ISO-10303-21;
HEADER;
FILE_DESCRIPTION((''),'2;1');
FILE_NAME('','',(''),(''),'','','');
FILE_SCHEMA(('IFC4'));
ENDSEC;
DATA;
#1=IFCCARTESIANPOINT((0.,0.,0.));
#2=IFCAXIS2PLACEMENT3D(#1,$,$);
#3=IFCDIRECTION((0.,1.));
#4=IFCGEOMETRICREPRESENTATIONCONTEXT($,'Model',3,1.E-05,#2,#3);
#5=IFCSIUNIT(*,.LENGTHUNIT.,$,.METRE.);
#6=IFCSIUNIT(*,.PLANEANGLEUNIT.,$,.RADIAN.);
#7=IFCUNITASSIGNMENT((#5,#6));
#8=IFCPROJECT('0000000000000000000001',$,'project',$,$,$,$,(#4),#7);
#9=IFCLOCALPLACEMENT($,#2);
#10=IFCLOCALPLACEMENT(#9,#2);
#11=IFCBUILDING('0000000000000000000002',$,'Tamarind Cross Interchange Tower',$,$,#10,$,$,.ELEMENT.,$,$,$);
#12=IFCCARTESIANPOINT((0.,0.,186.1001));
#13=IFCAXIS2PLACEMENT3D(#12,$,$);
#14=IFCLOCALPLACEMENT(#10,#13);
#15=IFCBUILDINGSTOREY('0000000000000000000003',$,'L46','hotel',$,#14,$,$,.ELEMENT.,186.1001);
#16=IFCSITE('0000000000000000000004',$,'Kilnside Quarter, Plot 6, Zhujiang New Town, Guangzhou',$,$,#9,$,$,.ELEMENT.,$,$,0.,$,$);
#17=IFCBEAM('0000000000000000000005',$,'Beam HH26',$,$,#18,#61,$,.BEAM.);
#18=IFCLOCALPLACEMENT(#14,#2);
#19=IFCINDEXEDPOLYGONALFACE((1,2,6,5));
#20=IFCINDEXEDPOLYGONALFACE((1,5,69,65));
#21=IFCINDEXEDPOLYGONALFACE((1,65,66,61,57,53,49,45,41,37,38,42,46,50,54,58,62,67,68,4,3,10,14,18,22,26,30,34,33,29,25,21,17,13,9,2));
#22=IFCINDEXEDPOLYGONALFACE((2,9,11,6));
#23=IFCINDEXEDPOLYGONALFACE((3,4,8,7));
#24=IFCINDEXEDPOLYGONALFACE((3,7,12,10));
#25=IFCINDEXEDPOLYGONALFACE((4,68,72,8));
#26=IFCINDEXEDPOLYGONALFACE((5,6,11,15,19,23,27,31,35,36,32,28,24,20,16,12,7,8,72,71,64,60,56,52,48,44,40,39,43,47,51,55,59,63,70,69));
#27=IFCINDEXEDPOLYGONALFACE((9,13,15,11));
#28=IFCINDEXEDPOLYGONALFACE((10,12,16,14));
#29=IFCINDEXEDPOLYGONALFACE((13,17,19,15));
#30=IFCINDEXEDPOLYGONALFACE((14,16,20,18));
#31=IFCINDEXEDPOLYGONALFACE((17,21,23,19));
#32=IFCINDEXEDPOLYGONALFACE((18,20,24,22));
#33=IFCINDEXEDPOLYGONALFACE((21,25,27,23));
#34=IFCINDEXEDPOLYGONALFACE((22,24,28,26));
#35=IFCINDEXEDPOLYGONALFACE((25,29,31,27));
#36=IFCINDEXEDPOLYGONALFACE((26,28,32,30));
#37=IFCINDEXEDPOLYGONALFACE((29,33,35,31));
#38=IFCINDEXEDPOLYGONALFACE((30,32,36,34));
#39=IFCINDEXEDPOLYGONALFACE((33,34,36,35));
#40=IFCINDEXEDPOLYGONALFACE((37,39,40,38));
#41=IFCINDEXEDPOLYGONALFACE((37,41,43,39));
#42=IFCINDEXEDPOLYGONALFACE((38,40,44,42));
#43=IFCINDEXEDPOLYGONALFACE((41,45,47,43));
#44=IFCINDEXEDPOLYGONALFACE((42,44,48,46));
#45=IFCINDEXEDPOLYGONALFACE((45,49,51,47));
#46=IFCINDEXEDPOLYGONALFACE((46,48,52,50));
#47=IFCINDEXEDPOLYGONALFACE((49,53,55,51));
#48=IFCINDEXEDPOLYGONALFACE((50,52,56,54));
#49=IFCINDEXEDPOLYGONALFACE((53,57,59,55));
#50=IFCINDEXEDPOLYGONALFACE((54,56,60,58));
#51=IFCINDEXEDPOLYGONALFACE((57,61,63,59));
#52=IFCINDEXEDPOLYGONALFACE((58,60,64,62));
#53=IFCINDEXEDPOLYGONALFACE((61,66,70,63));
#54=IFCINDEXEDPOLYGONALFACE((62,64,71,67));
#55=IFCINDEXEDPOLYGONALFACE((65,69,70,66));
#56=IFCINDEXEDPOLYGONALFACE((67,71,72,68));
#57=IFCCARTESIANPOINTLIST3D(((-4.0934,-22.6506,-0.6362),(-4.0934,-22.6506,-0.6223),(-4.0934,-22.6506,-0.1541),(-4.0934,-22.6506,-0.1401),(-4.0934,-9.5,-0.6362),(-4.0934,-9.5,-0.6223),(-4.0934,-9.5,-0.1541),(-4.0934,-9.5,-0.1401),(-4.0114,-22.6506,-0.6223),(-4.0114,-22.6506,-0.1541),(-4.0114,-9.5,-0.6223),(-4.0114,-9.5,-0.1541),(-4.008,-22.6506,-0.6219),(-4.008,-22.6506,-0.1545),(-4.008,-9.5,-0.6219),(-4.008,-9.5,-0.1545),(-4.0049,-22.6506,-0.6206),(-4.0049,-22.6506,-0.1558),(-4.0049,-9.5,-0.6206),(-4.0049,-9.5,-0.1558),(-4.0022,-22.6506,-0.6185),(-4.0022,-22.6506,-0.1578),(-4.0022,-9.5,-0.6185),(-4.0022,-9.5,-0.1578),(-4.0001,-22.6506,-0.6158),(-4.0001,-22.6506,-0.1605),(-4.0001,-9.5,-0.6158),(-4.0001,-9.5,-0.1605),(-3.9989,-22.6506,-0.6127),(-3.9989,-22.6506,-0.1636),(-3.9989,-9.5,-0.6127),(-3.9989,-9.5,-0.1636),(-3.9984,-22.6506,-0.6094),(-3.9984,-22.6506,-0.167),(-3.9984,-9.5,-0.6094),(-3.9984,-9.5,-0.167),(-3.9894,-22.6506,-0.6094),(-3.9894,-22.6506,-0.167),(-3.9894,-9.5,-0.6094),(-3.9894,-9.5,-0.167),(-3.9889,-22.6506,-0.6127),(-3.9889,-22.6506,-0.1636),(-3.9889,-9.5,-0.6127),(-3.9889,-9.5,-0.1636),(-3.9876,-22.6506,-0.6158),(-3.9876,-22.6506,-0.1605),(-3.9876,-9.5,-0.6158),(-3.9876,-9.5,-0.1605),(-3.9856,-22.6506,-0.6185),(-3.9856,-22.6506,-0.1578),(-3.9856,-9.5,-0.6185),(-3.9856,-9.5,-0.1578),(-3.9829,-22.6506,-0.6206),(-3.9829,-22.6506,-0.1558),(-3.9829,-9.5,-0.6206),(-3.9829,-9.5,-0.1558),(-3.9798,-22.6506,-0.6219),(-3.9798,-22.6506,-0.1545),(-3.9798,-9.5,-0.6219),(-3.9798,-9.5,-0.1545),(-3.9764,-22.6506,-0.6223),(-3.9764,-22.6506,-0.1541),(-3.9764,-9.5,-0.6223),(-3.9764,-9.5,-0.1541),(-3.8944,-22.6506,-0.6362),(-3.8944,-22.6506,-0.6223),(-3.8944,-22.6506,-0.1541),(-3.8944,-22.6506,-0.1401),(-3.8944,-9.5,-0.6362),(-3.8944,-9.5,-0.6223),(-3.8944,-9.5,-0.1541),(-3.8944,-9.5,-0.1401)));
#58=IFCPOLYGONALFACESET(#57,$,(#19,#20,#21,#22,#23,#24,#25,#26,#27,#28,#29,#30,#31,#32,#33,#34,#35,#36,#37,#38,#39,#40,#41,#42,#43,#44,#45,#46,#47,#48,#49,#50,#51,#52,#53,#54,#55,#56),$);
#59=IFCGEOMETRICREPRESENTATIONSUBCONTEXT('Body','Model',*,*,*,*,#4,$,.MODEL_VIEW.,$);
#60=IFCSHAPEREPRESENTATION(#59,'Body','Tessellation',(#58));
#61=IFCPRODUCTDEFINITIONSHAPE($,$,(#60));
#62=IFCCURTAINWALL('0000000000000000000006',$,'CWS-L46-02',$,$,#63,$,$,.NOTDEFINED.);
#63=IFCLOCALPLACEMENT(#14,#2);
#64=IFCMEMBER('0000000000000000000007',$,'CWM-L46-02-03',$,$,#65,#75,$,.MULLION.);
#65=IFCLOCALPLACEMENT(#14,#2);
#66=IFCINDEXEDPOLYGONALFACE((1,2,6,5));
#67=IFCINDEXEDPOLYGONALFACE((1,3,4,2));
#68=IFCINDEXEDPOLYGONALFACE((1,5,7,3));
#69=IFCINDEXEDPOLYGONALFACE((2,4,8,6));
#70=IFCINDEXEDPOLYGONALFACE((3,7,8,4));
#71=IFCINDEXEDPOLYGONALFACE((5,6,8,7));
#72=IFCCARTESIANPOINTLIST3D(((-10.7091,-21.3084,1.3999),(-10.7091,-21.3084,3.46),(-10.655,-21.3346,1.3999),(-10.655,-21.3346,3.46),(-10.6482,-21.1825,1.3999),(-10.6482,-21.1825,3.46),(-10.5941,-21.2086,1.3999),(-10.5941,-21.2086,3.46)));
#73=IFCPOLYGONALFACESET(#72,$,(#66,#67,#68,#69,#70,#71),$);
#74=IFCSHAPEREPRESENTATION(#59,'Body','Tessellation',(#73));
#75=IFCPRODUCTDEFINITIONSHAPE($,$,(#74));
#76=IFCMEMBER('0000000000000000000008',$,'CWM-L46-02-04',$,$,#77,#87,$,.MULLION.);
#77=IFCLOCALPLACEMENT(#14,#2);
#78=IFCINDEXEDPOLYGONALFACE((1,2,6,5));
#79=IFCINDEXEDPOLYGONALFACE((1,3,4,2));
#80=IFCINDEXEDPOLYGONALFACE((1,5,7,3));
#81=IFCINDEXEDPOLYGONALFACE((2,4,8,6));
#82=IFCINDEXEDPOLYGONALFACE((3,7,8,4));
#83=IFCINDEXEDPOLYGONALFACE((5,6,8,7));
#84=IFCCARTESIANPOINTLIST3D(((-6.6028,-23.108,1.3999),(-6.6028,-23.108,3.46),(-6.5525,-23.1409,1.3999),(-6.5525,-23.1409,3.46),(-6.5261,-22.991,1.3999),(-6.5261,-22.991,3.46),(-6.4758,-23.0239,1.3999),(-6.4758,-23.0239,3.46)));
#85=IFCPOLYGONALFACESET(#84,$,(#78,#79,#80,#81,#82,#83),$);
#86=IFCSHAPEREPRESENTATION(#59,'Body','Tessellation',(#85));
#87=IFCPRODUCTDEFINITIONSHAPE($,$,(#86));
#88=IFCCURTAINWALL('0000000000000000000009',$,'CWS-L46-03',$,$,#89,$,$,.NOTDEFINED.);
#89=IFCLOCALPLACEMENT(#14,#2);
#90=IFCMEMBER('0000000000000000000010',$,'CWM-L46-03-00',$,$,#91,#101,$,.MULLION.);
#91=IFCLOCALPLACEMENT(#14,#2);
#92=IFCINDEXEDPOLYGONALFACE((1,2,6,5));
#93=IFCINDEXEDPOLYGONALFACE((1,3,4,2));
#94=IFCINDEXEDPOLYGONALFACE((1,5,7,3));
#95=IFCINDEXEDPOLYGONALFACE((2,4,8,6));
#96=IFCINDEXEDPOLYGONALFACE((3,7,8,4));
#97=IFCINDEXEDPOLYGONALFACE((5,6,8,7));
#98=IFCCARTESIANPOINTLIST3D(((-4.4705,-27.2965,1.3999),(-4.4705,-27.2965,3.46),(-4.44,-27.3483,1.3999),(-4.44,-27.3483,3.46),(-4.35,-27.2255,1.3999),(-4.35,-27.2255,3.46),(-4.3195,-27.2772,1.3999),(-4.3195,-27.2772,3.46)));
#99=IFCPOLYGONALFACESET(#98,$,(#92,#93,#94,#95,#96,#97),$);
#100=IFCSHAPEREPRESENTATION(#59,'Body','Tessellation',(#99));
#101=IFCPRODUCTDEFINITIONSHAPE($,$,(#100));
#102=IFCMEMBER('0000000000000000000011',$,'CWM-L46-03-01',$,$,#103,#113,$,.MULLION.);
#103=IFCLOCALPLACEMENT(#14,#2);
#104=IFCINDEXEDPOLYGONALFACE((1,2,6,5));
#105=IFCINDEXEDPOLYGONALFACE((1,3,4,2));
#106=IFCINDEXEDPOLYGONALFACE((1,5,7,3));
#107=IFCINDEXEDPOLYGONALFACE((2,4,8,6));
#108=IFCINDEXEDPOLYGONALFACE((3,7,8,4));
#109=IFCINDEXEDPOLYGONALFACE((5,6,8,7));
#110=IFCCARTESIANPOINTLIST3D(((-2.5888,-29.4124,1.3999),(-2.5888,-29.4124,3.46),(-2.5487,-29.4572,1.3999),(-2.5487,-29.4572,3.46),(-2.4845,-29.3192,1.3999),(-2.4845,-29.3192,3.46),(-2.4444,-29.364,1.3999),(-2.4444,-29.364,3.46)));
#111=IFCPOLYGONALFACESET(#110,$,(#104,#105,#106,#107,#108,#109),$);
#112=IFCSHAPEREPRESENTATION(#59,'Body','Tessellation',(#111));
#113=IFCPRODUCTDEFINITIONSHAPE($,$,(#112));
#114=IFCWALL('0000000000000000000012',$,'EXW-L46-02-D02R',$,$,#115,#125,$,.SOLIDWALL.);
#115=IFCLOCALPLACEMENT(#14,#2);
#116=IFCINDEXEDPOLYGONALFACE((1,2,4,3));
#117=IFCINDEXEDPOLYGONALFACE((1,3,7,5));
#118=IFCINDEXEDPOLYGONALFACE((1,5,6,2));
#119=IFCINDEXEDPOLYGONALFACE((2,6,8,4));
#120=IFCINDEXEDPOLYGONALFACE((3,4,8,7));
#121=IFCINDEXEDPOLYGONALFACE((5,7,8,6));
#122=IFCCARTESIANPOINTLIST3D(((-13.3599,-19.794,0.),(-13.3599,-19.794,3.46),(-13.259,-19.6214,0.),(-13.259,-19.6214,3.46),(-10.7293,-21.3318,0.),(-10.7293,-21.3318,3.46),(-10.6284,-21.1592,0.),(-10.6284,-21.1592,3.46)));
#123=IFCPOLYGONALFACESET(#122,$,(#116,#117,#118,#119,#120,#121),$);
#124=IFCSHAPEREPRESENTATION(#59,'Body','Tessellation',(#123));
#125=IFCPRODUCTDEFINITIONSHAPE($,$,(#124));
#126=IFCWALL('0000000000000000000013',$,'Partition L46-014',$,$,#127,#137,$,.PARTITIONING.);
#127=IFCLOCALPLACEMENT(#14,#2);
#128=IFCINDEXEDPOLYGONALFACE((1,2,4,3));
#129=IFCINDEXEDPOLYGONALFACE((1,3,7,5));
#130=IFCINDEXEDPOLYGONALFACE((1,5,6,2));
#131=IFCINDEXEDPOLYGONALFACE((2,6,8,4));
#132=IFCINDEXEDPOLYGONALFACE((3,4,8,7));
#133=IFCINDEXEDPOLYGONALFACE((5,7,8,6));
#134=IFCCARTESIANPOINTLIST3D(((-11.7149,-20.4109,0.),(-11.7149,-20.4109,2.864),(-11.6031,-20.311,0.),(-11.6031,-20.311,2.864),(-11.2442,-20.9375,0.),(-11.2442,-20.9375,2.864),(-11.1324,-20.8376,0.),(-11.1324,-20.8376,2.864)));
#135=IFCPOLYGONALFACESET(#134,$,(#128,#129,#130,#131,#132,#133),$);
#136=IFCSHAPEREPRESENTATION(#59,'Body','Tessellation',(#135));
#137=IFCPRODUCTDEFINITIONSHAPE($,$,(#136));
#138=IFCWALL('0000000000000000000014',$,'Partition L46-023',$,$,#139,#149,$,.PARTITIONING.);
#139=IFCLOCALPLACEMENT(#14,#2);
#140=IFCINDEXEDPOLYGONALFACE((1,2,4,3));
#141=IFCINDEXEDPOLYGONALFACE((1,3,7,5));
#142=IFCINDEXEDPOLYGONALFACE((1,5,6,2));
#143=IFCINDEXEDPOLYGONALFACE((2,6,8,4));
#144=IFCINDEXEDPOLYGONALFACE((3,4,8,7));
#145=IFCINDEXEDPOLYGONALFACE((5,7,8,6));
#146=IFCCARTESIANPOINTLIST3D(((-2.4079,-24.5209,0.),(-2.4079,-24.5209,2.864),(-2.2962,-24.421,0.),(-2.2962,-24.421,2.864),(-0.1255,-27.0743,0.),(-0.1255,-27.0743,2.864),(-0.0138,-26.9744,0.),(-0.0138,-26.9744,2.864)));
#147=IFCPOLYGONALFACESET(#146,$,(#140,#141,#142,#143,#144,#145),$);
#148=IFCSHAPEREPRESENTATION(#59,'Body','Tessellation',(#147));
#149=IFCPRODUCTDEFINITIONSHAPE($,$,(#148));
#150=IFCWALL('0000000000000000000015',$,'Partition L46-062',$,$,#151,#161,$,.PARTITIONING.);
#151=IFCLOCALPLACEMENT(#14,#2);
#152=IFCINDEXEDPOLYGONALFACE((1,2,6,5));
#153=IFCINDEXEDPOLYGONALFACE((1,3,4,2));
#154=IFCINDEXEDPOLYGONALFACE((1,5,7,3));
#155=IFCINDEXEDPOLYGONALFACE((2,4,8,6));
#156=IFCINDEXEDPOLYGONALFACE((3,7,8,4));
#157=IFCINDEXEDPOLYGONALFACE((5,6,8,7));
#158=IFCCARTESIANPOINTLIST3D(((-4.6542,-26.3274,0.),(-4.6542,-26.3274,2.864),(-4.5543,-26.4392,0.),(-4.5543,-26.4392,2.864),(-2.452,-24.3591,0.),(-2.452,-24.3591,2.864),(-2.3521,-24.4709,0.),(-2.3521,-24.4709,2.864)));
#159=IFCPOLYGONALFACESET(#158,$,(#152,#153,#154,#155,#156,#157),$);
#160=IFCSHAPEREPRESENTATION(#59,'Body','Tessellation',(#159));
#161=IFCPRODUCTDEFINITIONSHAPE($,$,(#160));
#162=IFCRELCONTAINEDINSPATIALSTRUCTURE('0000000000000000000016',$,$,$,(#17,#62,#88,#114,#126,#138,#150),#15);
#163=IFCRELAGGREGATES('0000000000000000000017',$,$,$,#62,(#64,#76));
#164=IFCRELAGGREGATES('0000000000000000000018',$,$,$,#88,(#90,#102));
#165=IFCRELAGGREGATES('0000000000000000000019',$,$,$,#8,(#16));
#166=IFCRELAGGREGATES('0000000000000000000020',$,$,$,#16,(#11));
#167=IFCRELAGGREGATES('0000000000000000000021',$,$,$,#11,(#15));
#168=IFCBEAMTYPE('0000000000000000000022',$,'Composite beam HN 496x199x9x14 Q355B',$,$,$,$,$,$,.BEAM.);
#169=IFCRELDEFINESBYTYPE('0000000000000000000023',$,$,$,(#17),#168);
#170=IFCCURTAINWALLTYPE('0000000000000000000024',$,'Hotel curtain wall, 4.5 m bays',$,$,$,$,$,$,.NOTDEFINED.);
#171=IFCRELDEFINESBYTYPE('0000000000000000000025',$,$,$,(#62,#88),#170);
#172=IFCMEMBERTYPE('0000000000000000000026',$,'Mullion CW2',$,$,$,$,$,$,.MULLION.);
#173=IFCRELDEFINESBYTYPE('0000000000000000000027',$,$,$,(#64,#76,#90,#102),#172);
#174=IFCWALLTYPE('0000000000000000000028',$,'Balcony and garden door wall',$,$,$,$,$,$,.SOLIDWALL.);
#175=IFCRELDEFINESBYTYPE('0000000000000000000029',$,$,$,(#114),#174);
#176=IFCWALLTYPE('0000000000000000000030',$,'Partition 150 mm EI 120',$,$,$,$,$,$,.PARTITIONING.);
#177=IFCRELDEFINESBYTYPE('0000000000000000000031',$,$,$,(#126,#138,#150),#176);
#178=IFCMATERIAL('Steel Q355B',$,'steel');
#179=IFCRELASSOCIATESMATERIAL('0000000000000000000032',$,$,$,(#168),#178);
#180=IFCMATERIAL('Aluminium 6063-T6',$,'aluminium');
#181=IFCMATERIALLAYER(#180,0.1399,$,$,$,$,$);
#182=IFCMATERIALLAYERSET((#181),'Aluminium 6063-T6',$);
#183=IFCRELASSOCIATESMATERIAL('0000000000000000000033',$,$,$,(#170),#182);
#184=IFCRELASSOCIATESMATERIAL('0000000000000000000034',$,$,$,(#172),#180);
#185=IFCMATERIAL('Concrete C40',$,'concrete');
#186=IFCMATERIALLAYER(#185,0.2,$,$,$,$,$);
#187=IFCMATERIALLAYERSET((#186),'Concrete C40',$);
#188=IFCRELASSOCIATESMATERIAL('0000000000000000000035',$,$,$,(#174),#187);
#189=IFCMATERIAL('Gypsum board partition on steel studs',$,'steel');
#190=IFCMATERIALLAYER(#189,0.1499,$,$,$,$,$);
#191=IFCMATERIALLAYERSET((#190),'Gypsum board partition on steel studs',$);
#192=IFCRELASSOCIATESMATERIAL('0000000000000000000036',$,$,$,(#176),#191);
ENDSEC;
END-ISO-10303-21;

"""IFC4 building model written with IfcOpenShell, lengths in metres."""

from ifc_helpers import new_model, si_unit, direction, frame, frame_2d, origin, origin_2d, place, context, subcontext, project, spatial, rectangle, i_section, extrude, material, layer, layer_set, material_profile, profile_set, type_object, element, aggregate, save


model = new_model("IFC4")

# Units and contexts
model_context = context("Model", 3, precision=1e-05, world=origin(), true_north=direction((0.0, 1.0)))
body_context = subcontext(model_context, "Body", "Model", "MODEL_VIEW")
ifc_project = project(units=[si_unit("LENGTHUNIT", "METRE"), si_unit("PLANEANGLEUNIT", "RADIAN")], contexts=[model_context])

# Site, building, storey
site_placement = place(None, origin())
site = spatial("IfcSite", under=ifc_project, at=site_placement, Name="Kilnside Quarter, Plot 6, Zhujiang New Town, Guangzhou", CompositionType="ELEMENT", RefElevation=0.0)
building_placement = place(site_placement, origin())
building = spatial("IfcBuilding", under=site, at=building_placement, Name="Tamarind Cross Interchange Tower", CompositionType="ELEMENT")
storey_placement = place(building_placement, frame((0.0, 0.0, 186.1001)))
storey = spatial("IfcBuildingStorey", under=building, at=storey_placement, Name="L46", Description="hotel", CompositionType="ELEMENT", Elevation=186.1001)

# Beam
ifc_material_1 = material(Name="Steel Q355B", Category="steel")
ifc_material_profile_1 = material_profile(ifc_material_1, i_section(OverallWidth=0.199, OverallDepth=0.4961, WebThickness=0.009, FlangeThickness=0.0139, FilletRadius=0.0129, at=origin_2d()), Name="HN 496x199x9x14")
ifc_profile_set_1 = profile_set([ifc_material_profile_1], Name="Steel Q355B")
beam_type = type_object("IfcBeamType", Name="Composite beam HN 496x199x9x14 Q355B", PredefinedType="BEAM", material=ifc_profile_set_1)
beam_1_placement = place(storey_placement, frame((-3.9939, -22.6506, -0.3882), z_axis=(0.0, 1.0, 0.0), x_axis=(-1.0, 0.0, 0.0)))
element("IfcBeam", 1, at=beam_1_placement, inside=storey, type_object=beam_type, Name="Beam HH26", PredefinedType="BEAM", context=body_context, shape_type="SweptSolid", body=[
    extrude(i_section(OverallWidth=0.199, OverallDepth=0.4961, WebThickness=0.009, FlangeThickness=0.0139, FilletRadius=0.0129, at=origin_2d()), origin(), (0.0, 0.0, 1.0), 13.1506),
])

# Curtain walls, members
ifc_material_2 = material(Name="Aluminium 6063-T6", Category="aluminium")
ifc_layer_1 = layer(ifc_material_2, 0.1399)
ifc_layer_set_1 = layer_set([ifc_layer_1], Name="Aluminium 6063-T6")
curtain_wall_type = type_object("IfcCurtainWallType", Name="Hotel curtain wall, 4.5 m bays", PredefinedType="NOTDEFINED", material=ifc_layer_set_1)
curtain_wall_1_placement = place(storey_placement, origin())
curtain_wall_1 = element("IfcCurtainWall", 2, at=curtain_wall_1_placement, inside=storey, type_object=curtain_wall_type, Name="CWS-L46-02", PredefinedType="NOTDEFINED")
ifc_material_profile_2 = material_profile(ifc_material_2, rectangle(XDim=0.0601, YDim=0.1399, at=origin_2d()), Name="Mullion CW2")
ifc_profile_set_2 = profile_set([ifc_material_profile_2], Name="Aluminium 6063-T6")
member_type = type_object("IfcMemberType", Name="Mullion CW2", PredefinedType="MULLION", material=ifc_profile_set_2)
member_1_placement = place(storey_placement, frame((-10.6516, -21.2585, 1.3999), z_axis=(0.0, 0.0, 1.0), x_axis=(0.900273, -0.435326, 0.0)))
member_1 = element("IfcMember", 3, at=member_1_placement, type_object=member_type, Name="CWM-L46-02-03", PredefinedType="MULLION", context=body_context, shape_type="SweptSolid", body=[
    extrude(rectangle(XDim=0.0601, YDim=0.1399, at=origin_2d()), origin(), (0.0, 0.0, 1.0), 2.0601),
])
member_2_placement = place(storey_placement, frame((-6.5393, -23.0659, 1.3999), z_axis=(0.0, 0.0, 1.0), x_axis=(0.836309, -0.548258, 0.0)))
member_2 = element("IfcMember", 4, at=member_2_placement, type_object=member_type, Name="CWM-L46-02-04", PredefinedType="MULLION", context=body_context, shape_type="SweptSolid", body=[
    extrude(rectangle(XDim=0.0601, YDim=0.1399, at=origin_2d()), origin(), (0.0, 0.0, 1.0), 2.0601),
])
aggregate(curtain_wall_1, [member_1, member_2])
curtain_wall_2_placement = place(storey_placement, origin())
curtain_wall_2 = element("IfcCurtainWall", 5, at=curtain_wall_2_placement, inside=storey, type_object=curtain_wall_type, Name="CWS-L46-03", PredefinedType="NOTDEFINED")
member_3_placement = place(storey_placement, frame((-4.395, -27.2869, 1.3999), z_axis=(0.0, 0.0, 1.0), x_axis=(0.50817, -0.861257, 0.0)))
member_3 = element("IfcMember", 6, at=member_3_placement, type_object=member_type, Name="CWM-L46-03-00", PredefinedType="MULLION", context=body_context, shape_type="SweptSolid", body=[
    extrude(rectangle(XDim=0.0601, YDim=0.1399, at=origin_2d()), origin(), (0.0, 0.0, 1.0), 2.0601),
])
member_4_placement = place(storey_placement, frame((-2.5166, -29.3882, 1.3999), z_axis=(0.0, 0.0, 1.0), x_axis=(0.666428, -0.745569, 0.0)))
member_4 = element("IfcMember", 7, at=member_4_placement, type_object=member_type, Name="CWM-L46-03-01", PredefinedType="MULLION", context=body_context, shape_type="SweptSolid", body=[
    extrude(rectangle(XDim=0.0601, YDim=0.1399, at=origin_2d()), origin(), (0.0, 0.0, 1.0), 2.0601),
])
aggregate(curtain_wall_2, [member_3, member_4])

# Walls
ifc_material_3 = material(Name="Concrete C40", Category="concrete")
ifc_layer_2 = layer(ifc_material_3, 0.2)
ifc_layer_set_2 = layer_set([ifc_layer_2], Name="Concrete C40")
wall_type_1 = type_object("IfcWallType", Name="Balcony and garden door wall", PredefinedType="SOLIDWALL", material=ifc_layer_set_2)
wall_1_placement = place(storey_placement, frame((-13.3093, -19.7078, 0.0), z_axis=(0.0, 0.0, 1.0), x_axis=(0.863305, -0.504683, 0.0)))
element("IfcWall", 8, at=wall_1_placement, inside=storey, type_object=wall_type_1, Name="EXW-L46-02-D02R", PredefinedType="SOLIDWALL", context=body_context, shape_type="SweptSolid", body=[
    extrude(rectangle(XDim=3.0471, YDim=0.2, at=frame_2d((1.5234, 0.0))), origin(), (0.0, 0.0, 1.0), 3.46),
])
ifc_material_4 = material(Name="Gypsum board partition on steel studs", Category="steel")
ifc_layer_3 = layer(ifc_material_4, 0.1499)
ifc_layer_set_3 = layer_set([ifc_layer_3], Name="Gypsum board partition on steel studs")
wall_type_2 = type_object("IfcWallType", Name="Partition 150 mm EI 120", PredefinedType="PARTITIONING", material=ifc_layer_set_3)
wall_2_placement = place(storey_placement, frame((-11.6589, -20.3611, 0.0), z_axis=(0.0, 0.0, 1.0), x_axis=(0.666421, -0.745576, 0.0)))
element("IfcWall", 9, at=wall_2_placement, inside=storey, type_object=wall_type_2, Name="Partition L46-014", PredefinedType="PARTITIONING", context=body_context, shape_type="SweptSolid", body=[
    extrude(rectangle(XDim=0.7063, YDim=0.1499, at=frame_2d((0.353, 0.0))), origin(), (0.0, 0.0, 1.0), 2.864),
])
wall_3_placement = place(storey_placement, frame((-2.3521, -24.4709, 0.0), z_axis=(0.0, 0.0, 1.0), x_axis=(0.666436, -0.745562, 0.0)))
element("IfcWall", 10, at=wall_3_placement, inside=storey, type_object=wall_type_2, Name="Partition L46-023", PredefinedType="PARTITIONING", context=body_context, shape_type="SweptSolid", body=[
    extrude(rectangle(XDim=3.4248, YDim=0.1499, at=frame_2d((1.7124, 0.0))), origin(), (0.0, 0.0, 1.0), 2.864),
])
wall_4_placement = place(storey_placement, frame((-4.6042, -26.3833, 0.0), z_axis=(0.0, 0.0, 1.0), x_axis=(0.745591, 0.666403, 0.0)))
element("IfcWall", 11, at=wall_4_placement, inside=storey, type_object=wall_type_2, Name="Partition L46-062", PredefinedType="PARTITIONING", context=body_context, shape_type="SweptSolid", body=[
    extrude(rectangle(XDim=2.9536, YDim=0.1499, at=frame_2d((1.4768, 0.0))), origin(), (0.0, 0.0, 1.0), 2.864),
])

save(model, "model.ifc")
